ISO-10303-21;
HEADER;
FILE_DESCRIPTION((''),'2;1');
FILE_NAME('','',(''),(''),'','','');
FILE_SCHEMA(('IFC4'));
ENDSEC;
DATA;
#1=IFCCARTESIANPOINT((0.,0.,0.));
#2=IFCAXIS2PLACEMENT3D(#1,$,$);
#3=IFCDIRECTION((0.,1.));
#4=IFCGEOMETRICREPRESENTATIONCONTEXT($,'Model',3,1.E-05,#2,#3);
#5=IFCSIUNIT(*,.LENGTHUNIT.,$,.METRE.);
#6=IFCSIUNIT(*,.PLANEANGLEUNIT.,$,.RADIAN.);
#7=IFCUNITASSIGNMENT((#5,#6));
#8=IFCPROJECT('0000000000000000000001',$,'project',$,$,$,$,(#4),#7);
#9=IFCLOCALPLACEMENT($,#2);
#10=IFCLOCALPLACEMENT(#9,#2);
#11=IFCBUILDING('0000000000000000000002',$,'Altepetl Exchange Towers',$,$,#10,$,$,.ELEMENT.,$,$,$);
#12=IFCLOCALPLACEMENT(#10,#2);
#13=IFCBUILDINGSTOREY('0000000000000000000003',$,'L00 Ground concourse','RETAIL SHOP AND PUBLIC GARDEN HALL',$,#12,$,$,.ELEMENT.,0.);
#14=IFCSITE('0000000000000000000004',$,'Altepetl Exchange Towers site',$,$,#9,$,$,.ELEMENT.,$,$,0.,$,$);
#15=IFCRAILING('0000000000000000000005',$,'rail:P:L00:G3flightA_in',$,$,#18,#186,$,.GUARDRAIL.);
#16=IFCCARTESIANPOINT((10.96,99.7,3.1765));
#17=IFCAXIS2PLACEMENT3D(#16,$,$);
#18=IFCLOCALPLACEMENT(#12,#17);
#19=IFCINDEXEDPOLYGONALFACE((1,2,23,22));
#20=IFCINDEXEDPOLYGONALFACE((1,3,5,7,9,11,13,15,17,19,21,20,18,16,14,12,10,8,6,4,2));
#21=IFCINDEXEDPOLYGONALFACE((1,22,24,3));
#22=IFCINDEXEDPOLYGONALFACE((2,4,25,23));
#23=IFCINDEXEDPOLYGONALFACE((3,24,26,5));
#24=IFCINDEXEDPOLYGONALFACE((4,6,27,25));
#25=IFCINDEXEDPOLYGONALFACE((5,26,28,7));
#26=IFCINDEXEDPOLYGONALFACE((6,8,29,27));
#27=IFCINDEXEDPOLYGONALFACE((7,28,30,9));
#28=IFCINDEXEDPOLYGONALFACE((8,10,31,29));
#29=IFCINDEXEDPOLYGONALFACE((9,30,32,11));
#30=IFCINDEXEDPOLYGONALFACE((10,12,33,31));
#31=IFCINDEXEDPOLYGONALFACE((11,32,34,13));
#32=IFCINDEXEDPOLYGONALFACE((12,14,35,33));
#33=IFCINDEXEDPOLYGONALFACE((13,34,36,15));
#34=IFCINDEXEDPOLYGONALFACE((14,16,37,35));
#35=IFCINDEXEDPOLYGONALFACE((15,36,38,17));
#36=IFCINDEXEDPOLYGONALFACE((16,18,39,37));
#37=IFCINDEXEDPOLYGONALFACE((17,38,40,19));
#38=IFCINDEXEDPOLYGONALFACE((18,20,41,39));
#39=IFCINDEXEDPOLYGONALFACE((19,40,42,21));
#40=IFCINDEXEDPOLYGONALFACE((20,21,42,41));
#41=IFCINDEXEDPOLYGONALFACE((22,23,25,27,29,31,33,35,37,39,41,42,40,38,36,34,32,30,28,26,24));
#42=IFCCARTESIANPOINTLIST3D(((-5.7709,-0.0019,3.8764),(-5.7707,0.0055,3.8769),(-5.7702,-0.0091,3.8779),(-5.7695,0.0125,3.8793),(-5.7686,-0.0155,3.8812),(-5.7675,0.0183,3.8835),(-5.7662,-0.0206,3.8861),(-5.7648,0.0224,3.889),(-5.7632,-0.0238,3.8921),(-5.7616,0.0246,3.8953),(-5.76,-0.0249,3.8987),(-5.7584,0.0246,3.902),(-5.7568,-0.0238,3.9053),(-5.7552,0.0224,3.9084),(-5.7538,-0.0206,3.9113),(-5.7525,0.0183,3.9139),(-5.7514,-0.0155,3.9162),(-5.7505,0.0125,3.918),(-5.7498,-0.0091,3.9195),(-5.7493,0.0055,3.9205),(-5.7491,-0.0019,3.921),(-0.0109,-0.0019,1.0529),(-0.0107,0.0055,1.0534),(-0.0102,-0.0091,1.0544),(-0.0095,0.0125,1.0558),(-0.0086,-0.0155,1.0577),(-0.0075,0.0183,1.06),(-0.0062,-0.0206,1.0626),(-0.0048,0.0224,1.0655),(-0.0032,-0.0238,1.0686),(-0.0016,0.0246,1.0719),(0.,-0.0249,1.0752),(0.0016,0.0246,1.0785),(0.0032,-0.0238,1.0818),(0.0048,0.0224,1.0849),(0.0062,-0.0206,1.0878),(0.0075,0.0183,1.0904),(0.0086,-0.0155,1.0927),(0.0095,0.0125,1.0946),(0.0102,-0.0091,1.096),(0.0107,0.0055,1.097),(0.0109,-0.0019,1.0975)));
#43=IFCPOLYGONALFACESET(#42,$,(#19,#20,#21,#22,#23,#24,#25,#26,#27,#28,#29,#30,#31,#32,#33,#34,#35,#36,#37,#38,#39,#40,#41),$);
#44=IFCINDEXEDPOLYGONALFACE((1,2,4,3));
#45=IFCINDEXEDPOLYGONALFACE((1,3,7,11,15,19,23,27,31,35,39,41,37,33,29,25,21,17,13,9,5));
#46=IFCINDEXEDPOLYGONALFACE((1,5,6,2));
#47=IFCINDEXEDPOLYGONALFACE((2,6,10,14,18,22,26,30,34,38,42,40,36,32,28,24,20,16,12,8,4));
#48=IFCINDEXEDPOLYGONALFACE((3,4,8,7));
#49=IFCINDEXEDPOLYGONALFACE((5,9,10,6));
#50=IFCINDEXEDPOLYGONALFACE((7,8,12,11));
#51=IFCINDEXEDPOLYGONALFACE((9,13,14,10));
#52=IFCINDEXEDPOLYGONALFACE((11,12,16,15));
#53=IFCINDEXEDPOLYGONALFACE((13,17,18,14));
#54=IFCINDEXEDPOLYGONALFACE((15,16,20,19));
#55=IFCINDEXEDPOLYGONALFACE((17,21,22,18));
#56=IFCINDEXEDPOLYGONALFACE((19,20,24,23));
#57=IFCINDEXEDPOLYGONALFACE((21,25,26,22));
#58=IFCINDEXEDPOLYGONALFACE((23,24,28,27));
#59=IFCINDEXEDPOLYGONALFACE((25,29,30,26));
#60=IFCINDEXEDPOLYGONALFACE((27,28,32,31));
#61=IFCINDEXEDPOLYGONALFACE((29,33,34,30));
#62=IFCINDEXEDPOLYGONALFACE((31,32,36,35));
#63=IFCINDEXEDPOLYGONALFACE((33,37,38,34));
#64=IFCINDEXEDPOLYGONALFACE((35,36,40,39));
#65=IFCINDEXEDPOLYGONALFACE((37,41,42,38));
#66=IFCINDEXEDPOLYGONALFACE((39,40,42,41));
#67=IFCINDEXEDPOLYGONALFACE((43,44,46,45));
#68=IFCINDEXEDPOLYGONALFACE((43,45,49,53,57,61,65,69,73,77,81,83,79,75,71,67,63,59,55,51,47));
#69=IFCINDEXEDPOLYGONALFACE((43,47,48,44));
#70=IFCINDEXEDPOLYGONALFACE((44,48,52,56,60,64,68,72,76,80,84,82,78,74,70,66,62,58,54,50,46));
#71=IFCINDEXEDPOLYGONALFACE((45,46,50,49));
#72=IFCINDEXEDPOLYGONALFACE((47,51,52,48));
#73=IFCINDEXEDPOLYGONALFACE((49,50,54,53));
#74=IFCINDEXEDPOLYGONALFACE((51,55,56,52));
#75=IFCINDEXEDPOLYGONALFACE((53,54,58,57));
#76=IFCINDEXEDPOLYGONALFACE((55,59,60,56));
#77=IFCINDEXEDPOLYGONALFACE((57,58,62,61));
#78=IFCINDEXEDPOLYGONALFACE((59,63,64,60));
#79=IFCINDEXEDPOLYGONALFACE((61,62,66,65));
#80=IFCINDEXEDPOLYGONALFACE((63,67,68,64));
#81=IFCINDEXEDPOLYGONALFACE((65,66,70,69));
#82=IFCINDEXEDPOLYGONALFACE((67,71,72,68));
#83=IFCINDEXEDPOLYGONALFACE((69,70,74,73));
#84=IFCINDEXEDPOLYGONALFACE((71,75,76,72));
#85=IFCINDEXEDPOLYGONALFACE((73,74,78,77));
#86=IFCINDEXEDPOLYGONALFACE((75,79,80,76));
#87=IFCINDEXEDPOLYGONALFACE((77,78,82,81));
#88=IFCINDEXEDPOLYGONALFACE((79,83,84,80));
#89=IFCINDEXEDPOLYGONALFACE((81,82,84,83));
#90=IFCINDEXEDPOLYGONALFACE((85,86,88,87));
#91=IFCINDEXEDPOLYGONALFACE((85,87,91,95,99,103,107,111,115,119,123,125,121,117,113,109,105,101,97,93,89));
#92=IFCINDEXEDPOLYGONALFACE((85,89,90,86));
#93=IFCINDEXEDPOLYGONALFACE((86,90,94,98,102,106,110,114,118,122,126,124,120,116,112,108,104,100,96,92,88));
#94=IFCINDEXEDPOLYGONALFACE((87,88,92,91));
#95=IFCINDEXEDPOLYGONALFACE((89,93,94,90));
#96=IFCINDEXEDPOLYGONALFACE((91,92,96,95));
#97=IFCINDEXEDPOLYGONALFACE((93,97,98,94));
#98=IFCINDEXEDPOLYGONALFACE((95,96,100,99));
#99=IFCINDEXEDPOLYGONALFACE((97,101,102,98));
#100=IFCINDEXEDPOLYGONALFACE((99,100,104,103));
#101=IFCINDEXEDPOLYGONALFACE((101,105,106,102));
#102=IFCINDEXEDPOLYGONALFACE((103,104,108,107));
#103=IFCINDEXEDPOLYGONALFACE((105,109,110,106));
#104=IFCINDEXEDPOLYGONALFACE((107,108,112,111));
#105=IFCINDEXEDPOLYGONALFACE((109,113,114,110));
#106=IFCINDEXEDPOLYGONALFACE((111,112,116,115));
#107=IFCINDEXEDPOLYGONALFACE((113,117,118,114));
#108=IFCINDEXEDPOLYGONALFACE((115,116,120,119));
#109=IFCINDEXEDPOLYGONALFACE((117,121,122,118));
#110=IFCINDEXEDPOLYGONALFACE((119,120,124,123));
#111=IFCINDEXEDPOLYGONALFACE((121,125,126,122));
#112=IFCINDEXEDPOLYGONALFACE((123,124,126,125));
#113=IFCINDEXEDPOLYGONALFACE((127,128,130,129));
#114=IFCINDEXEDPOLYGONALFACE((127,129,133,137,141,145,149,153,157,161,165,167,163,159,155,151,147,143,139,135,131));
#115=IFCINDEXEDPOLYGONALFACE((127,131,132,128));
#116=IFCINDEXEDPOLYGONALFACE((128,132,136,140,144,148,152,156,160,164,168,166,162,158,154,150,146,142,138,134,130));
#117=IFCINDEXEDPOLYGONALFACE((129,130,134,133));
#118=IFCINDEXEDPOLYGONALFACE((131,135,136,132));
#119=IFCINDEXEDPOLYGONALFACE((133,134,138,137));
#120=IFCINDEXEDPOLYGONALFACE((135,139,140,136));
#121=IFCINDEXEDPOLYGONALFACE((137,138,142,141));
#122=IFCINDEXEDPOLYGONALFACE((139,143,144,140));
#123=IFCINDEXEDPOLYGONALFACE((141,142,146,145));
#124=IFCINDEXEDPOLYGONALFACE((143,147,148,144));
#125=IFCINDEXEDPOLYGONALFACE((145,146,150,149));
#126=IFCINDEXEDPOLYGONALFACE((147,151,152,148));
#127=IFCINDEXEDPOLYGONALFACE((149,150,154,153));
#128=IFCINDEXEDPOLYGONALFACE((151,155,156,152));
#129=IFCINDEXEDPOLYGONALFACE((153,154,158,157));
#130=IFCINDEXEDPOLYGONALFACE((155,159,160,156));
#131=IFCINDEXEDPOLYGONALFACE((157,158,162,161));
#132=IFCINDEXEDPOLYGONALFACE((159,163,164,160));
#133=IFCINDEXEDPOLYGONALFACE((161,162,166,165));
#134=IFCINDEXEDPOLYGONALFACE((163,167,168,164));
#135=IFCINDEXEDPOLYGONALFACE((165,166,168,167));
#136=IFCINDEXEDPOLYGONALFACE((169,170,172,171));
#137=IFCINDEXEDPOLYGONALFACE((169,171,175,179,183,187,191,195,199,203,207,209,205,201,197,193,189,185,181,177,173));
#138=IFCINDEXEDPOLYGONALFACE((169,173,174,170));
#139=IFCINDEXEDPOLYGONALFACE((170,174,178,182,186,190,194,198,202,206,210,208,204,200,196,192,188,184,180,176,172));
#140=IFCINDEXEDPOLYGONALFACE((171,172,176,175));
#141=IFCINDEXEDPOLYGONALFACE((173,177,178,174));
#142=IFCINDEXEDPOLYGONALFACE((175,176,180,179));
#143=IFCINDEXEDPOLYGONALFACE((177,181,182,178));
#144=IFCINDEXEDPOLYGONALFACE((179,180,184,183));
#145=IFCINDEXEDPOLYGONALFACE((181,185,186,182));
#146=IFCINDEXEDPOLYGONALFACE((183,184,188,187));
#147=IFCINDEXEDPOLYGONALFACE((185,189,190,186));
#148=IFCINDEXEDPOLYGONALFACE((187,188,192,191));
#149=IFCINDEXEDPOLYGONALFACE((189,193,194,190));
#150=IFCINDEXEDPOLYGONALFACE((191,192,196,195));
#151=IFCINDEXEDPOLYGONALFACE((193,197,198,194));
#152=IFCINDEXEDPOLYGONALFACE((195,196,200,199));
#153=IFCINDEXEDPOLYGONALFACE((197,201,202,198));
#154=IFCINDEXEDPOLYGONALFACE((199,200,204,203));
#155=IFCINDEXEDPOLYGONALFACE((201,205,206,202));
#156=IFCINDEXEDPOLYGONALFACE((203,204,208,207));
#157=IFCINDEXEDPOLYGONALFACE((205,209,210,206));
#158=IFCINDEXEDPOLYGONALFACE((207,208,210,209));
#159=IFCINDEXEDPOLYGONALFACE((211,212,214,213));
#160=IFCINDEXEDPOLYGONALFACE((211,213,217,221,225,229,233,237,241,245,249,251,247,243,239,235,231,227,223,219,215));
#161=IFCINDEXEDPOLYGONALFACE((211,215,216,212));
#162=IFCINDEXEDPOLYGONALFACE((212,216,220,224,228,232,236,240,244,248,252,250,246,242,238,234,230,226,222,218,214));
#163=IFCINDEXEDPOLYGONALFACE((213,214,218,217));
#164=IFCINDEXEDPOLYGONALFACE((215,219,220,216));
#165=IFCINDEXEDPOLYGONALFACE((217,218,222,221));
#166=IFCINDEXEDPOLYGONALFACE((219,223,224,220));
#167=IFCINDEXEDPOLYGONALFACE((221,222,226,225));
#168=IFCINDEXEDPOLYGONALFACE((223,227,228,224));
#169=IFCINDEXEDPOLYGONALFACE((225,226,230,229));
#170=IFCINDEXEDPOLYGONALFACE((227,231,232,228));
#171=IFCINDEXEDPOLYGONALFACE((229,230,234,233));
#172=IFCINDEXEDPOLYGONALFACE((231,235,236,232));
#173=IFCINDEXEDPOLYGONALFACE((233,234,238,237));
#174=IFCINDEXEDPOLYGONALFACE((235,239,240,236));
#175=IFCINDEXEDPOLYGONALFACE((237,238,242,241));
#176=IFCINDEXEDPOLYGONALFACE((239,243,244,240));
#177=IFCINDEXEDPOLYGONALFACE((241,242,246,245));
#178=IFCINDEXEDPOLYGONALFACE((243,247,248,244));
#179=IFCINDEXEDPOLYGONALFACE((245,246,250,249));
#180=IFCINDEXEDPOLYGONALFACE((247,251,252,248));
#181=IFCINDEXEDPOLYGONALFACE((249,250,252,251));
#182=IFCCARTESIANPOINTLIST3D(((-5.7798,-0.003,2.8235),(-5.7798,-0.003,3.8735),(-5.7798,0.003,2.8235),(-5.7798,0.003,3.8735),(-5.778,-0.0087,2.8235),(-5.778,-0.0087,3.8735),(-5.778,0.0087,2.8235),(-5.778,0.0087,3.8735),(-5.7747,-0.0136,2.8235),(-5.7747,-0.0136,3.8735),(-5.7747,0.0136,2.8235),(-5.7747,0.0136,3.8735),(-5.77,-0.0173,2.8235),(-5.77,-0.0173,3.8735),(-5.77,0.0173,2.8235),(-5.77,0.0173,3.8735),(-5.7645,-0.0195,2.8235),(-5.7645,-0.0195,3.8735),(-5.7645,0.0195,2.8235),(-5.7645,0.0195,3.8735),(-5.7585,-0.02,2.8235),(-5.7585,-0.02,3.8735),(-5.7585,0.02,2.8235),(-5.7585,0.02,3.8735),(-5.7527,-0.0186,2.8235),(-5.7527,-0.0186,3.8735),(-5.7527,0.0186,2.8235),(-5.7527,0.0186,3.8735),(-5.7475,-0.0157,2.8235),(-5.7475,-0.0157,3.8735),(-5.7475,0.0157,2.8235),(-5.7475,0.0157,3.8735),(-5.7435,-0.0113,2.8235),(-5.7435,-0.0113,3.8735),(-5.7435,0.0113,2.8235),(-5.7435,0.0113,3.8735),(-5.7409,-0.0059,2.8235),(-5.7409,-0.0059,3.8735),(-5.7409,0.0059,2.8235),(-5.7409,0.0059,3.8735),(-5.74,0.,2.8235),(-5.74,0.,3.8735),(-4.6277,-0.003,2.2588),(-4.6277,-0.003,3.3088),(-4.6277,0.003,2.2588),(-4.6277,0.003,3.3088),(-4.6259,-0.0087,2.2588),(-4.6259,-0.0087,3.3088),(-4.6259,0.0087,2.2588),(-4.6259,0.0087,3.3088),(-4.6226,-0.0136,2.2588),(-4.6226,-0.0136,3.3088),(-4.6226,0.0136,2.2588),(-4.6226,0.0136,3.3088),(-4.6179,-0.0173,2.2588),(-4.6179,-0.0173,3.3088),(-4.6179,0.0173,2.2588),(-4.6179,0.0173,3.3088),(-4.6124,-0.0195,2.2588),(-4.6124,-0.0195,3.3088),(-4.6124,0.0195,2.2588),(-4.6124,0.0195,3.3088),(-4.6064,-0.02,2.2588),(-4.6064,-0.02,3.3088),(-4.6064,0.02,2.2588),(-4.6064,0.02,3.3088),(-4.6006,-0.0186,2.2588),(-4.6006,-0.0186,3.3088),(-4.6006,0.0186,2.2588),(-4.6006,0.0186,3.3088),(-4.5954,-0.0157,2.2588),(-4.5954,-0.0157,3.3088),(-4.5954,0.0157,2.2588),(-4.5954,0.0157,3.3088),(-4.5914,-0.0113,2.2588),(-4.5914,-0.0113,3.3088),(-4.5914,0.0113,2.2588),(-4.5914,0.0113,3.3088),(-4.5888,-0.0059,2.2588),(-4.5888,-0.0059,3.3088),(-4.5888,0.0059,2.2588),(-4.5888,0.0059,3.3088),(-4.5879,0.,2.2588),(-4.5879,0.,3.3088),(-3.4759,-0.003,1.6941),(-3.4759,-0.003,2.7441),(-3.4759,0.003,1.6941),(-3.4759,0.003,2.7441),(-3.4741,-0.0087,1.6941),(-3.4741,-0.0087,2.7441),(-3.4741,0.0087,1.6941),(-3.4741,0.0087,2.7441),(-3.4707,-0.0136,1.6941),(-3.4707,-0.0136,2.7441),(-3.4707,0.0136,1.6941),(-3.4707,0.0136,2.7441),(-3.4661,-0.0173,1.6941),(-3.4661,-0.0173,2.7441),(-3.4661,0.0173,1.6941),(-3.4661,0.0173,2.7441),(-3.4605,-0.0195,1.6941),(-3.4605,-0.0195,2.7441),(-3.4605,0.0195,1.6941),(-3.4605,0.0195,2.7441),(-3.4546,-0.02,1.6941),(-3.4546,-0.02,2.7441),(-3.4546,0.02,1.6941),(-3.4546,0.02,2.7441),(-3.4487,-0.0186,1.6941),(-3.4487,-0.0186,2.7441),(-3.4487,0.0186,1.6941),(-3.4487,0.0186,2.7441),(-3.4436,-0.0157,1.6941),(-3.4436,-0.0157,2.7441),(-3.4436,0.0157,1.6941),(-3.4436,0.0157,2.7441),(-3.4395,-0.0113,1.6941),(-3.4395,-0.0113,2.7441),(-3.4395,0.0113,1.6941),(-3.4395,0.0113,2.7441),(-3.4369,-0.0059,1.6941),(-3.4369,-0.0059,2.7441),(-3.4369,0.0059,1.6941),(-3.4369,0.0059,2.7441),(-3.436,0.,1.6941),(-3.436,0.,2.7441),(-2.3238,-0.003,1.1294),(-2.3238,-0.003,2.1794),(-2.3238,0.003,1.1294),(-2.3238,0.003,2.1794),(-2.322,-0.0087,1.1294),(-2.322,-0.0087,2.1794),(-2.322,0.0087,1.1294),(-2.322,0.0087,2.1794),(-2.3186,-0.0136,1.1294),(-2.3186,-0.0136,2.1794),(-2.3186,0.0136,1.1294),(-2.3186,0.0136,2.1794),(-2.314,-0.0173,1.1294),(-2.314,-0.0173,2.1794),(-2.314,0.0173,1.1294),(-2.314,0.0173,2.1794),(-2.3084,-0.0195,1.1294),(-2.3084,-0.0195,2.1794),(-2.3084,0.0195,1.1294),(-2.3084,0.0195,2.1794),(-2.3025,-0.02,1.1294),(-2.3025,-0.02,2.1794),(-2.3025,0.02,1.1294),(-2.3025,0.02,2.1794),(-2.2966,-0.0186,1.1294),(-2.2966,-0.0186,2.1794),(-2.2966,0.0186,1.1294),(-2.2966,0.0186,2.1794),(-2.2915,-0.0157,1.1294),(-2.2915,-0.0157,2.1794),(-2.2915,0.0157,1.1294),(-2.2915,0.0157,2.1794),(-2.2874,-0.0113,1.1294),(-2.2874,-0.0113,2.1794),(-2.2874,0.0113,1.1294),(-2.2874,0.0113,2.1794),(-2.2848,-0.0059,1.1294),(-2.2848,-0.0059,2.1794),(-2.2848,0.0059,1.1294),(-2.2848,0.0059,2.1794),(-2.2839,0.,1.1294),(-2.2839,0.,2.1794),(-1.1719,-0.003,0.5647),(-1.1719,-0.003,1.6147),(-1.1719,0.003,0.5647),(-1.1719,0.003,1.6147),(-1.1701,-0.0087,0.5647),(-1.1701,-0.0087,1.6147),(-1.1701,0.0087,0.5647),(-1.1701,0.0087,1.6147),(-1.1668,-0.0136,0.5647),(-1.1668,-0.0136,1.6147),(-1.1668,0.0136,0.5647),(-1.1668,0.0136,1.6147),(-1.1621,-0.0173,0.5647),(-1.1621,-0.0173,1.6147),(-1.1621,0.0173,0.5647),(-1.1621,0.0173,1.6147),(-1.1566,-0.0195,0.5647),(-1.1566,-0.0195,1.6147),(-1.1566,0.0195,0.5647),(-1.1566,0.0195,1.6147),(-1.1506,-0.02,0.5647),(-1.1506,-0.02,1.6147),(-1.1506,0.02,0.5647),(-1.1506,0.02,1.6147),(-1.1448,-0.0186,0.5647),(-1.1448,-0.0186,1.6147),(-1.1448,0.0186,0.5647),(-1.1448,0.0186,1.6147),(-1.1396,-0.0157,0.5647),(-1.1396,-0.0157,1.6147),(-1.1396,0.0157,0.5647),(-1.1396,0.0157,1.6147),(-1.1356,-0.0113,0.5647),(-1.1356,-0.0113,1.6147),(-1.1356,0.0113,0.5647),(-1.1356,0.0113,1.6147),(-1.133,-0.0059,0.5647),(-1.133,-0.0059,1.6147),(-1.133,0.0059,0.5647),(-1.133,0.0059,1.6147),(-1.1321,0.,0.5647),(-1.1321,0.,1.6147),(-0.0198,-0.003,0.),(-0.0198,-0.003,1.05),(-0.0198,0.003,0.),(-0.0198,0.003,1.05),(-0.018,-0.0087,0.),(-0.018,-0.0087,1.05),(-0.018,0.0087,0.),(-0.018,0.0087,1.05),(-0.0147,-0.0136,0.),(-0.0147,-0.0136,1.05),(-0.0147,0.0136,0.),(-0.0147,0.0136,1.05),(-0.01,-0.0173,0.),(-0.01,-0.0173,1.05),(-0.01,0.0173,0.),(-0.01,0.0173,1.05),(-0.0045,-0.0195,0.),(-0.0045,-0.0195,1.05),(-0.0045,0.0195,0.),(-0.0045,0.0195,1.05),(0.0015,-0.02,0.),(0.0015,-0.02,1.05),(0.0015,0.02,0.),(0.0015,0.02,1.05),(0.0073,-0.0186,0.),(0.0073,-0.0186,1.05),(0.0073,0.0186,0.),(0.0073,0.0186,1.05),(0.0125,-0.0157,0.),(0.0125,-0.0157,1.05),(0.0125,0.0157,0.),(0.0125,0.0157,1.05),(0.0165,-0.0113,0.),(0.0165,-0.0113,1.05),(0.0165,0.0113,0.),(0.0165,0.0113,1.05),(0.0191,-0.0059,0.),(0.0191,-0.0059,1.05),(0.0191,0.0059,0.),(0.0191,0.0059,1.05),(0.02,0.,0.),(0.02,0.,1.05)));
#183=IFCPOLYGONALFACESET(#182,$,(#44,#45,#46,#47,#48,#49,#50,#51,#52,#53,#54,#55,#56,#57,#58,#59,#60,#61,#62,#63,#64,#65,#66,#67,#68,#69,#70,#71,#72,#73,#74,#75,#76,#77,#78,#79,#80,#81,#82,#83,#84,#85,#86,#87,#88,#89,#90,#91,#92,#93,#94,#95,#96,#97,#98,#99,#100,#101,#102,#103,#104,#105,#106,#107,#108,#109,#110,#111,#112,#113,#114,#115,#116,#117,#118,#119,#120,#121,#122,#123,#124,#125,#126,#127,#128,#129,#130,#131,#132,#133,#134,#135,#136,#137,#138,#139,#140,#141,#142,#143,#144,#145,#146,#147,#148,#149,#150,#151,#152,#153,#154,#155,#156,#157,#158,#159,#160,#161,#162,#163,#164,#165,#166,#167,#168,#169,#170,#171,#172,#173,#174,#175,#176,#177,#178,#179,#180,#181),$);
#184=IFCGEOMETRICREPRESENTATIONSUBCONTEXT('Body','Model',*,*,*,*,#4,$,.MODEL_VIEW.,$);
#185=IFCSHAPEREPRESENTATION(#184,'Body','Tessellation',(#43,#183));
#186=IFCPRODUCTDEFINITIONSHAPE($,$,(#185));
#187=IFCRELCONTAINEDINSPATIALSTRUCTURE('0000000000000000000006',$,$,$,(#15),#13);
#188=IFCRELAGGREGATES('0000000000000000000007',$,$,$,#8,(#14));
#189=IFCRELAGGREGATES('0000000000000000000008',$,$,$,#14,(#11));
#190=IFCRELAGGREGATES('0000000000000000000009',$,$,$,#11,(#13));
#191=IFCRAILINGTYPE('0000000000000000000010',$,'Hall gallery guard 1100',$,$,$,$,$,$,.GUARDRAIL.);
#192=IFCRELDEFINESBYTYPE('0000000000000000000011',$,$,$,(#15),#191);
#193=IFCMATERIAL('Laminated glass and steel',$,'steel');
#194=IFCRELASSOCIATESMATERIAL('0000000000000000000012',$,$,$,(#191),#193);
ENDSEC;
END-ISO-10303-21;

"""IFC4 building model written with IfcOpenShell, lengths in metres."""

from ifc_helpers import new_model, si_unit, direction, frame, origin, origin_2d, place, context, subcontext, project, spatial, circle, extrude, source, transform, mapped, material, type_object, element, save


model = new_model("IFC4")

# Units and contexts
model_context = context("Model", 3, precision=1e-05, world=origin(), true_north=direction((0.0, 1.0)))
body_context = subcontext(model_context, "Body", "Model", "MODEL_VIEW")
ifc_project = project(units=[si_unit("LENGTHUNIT", "METRE"), si_unit("PLANEANGLEUNIT", "RADIAN")], contexts=[model_context])

# Site, building, storey
site_placement = place(None, origin())
site = spatial("IfcSite", under=ifc_project, at=site_placement, Name="Altepetl Exchange Towers site", CompositionType="ELEMENT", RefElevation=0.0)
building_placement = place(site_placement, origin())
building = spatial("IfcBuilding", under=site, at=building_placement, Name="Altepetl Exchange Towers", CompositionType="ELEMENT")
storey_placement = place(building_placement, origin())
storey = spatial("IfcBuildingStorey", under=building, at=storey_placement, Name="L00 Ground concourse", Description="RETAIL SHOP AND PUBLIC GARDEN HALL", CompositionType="ELEMENT", Elevation=0.0)

# Railing
ifc_material_1 = material(Name="Laminated glass and steel", Category="steel")
railing_type_1 = type_object("IfcRailingType", Name="Hall gallery guard 1100", PredefinedType="GUARDRAIL", material=ifc_material_1)
shared_shape_1 = source(origin(), body_context, "Body", "SweptSolid", [
    extrude(circle(Radius=0.02, at=origin_2d()), origin(), (0.0, 0.0, 1.0), 1.05),
])
for number, where, name in (
    (1, (10.96, 99.7, 3.1765), "rail:P:L00:G3flightA_in"),
):
    element("IfcRailing", number, at=place(storey_placement, frame(where)), inside=storey, type_object=railing_type_1, Name=name, PredefinedType="GUARDRAIL", context=body_context, shape_type="SweptSolid", body=[
        extrude(circle(Radius=0.0249, at=origin_2d()), frame((0.0, 0.0, 1.0752), z_axis=(-0.897924, 0.0, 0.440151), x_axis=(0.0, -1.0, 0.0)), (0.0, 0.0, 1.0), 6.4148),
        mapped(shared_shape_1, transform((0.0, 0.0, 0.0))),
        mapped(shared_shape_1, transform((-1.1521, 0.0, 0.5647))),
        mapped(shared_shape_1, transform((-2.304, 0.0, 1.1294))),
        mapped(shared_shape_1, transform((-3.4561, 0.0, 1.6941))),
        mapped(shared_shape_1, transform((-4.6079, 0.0, 2.2588))),
        mapped(shared_shape_1, transform((-5.76, 0.0, 2.8235))),
    ])

save(model, "model.ifc")
